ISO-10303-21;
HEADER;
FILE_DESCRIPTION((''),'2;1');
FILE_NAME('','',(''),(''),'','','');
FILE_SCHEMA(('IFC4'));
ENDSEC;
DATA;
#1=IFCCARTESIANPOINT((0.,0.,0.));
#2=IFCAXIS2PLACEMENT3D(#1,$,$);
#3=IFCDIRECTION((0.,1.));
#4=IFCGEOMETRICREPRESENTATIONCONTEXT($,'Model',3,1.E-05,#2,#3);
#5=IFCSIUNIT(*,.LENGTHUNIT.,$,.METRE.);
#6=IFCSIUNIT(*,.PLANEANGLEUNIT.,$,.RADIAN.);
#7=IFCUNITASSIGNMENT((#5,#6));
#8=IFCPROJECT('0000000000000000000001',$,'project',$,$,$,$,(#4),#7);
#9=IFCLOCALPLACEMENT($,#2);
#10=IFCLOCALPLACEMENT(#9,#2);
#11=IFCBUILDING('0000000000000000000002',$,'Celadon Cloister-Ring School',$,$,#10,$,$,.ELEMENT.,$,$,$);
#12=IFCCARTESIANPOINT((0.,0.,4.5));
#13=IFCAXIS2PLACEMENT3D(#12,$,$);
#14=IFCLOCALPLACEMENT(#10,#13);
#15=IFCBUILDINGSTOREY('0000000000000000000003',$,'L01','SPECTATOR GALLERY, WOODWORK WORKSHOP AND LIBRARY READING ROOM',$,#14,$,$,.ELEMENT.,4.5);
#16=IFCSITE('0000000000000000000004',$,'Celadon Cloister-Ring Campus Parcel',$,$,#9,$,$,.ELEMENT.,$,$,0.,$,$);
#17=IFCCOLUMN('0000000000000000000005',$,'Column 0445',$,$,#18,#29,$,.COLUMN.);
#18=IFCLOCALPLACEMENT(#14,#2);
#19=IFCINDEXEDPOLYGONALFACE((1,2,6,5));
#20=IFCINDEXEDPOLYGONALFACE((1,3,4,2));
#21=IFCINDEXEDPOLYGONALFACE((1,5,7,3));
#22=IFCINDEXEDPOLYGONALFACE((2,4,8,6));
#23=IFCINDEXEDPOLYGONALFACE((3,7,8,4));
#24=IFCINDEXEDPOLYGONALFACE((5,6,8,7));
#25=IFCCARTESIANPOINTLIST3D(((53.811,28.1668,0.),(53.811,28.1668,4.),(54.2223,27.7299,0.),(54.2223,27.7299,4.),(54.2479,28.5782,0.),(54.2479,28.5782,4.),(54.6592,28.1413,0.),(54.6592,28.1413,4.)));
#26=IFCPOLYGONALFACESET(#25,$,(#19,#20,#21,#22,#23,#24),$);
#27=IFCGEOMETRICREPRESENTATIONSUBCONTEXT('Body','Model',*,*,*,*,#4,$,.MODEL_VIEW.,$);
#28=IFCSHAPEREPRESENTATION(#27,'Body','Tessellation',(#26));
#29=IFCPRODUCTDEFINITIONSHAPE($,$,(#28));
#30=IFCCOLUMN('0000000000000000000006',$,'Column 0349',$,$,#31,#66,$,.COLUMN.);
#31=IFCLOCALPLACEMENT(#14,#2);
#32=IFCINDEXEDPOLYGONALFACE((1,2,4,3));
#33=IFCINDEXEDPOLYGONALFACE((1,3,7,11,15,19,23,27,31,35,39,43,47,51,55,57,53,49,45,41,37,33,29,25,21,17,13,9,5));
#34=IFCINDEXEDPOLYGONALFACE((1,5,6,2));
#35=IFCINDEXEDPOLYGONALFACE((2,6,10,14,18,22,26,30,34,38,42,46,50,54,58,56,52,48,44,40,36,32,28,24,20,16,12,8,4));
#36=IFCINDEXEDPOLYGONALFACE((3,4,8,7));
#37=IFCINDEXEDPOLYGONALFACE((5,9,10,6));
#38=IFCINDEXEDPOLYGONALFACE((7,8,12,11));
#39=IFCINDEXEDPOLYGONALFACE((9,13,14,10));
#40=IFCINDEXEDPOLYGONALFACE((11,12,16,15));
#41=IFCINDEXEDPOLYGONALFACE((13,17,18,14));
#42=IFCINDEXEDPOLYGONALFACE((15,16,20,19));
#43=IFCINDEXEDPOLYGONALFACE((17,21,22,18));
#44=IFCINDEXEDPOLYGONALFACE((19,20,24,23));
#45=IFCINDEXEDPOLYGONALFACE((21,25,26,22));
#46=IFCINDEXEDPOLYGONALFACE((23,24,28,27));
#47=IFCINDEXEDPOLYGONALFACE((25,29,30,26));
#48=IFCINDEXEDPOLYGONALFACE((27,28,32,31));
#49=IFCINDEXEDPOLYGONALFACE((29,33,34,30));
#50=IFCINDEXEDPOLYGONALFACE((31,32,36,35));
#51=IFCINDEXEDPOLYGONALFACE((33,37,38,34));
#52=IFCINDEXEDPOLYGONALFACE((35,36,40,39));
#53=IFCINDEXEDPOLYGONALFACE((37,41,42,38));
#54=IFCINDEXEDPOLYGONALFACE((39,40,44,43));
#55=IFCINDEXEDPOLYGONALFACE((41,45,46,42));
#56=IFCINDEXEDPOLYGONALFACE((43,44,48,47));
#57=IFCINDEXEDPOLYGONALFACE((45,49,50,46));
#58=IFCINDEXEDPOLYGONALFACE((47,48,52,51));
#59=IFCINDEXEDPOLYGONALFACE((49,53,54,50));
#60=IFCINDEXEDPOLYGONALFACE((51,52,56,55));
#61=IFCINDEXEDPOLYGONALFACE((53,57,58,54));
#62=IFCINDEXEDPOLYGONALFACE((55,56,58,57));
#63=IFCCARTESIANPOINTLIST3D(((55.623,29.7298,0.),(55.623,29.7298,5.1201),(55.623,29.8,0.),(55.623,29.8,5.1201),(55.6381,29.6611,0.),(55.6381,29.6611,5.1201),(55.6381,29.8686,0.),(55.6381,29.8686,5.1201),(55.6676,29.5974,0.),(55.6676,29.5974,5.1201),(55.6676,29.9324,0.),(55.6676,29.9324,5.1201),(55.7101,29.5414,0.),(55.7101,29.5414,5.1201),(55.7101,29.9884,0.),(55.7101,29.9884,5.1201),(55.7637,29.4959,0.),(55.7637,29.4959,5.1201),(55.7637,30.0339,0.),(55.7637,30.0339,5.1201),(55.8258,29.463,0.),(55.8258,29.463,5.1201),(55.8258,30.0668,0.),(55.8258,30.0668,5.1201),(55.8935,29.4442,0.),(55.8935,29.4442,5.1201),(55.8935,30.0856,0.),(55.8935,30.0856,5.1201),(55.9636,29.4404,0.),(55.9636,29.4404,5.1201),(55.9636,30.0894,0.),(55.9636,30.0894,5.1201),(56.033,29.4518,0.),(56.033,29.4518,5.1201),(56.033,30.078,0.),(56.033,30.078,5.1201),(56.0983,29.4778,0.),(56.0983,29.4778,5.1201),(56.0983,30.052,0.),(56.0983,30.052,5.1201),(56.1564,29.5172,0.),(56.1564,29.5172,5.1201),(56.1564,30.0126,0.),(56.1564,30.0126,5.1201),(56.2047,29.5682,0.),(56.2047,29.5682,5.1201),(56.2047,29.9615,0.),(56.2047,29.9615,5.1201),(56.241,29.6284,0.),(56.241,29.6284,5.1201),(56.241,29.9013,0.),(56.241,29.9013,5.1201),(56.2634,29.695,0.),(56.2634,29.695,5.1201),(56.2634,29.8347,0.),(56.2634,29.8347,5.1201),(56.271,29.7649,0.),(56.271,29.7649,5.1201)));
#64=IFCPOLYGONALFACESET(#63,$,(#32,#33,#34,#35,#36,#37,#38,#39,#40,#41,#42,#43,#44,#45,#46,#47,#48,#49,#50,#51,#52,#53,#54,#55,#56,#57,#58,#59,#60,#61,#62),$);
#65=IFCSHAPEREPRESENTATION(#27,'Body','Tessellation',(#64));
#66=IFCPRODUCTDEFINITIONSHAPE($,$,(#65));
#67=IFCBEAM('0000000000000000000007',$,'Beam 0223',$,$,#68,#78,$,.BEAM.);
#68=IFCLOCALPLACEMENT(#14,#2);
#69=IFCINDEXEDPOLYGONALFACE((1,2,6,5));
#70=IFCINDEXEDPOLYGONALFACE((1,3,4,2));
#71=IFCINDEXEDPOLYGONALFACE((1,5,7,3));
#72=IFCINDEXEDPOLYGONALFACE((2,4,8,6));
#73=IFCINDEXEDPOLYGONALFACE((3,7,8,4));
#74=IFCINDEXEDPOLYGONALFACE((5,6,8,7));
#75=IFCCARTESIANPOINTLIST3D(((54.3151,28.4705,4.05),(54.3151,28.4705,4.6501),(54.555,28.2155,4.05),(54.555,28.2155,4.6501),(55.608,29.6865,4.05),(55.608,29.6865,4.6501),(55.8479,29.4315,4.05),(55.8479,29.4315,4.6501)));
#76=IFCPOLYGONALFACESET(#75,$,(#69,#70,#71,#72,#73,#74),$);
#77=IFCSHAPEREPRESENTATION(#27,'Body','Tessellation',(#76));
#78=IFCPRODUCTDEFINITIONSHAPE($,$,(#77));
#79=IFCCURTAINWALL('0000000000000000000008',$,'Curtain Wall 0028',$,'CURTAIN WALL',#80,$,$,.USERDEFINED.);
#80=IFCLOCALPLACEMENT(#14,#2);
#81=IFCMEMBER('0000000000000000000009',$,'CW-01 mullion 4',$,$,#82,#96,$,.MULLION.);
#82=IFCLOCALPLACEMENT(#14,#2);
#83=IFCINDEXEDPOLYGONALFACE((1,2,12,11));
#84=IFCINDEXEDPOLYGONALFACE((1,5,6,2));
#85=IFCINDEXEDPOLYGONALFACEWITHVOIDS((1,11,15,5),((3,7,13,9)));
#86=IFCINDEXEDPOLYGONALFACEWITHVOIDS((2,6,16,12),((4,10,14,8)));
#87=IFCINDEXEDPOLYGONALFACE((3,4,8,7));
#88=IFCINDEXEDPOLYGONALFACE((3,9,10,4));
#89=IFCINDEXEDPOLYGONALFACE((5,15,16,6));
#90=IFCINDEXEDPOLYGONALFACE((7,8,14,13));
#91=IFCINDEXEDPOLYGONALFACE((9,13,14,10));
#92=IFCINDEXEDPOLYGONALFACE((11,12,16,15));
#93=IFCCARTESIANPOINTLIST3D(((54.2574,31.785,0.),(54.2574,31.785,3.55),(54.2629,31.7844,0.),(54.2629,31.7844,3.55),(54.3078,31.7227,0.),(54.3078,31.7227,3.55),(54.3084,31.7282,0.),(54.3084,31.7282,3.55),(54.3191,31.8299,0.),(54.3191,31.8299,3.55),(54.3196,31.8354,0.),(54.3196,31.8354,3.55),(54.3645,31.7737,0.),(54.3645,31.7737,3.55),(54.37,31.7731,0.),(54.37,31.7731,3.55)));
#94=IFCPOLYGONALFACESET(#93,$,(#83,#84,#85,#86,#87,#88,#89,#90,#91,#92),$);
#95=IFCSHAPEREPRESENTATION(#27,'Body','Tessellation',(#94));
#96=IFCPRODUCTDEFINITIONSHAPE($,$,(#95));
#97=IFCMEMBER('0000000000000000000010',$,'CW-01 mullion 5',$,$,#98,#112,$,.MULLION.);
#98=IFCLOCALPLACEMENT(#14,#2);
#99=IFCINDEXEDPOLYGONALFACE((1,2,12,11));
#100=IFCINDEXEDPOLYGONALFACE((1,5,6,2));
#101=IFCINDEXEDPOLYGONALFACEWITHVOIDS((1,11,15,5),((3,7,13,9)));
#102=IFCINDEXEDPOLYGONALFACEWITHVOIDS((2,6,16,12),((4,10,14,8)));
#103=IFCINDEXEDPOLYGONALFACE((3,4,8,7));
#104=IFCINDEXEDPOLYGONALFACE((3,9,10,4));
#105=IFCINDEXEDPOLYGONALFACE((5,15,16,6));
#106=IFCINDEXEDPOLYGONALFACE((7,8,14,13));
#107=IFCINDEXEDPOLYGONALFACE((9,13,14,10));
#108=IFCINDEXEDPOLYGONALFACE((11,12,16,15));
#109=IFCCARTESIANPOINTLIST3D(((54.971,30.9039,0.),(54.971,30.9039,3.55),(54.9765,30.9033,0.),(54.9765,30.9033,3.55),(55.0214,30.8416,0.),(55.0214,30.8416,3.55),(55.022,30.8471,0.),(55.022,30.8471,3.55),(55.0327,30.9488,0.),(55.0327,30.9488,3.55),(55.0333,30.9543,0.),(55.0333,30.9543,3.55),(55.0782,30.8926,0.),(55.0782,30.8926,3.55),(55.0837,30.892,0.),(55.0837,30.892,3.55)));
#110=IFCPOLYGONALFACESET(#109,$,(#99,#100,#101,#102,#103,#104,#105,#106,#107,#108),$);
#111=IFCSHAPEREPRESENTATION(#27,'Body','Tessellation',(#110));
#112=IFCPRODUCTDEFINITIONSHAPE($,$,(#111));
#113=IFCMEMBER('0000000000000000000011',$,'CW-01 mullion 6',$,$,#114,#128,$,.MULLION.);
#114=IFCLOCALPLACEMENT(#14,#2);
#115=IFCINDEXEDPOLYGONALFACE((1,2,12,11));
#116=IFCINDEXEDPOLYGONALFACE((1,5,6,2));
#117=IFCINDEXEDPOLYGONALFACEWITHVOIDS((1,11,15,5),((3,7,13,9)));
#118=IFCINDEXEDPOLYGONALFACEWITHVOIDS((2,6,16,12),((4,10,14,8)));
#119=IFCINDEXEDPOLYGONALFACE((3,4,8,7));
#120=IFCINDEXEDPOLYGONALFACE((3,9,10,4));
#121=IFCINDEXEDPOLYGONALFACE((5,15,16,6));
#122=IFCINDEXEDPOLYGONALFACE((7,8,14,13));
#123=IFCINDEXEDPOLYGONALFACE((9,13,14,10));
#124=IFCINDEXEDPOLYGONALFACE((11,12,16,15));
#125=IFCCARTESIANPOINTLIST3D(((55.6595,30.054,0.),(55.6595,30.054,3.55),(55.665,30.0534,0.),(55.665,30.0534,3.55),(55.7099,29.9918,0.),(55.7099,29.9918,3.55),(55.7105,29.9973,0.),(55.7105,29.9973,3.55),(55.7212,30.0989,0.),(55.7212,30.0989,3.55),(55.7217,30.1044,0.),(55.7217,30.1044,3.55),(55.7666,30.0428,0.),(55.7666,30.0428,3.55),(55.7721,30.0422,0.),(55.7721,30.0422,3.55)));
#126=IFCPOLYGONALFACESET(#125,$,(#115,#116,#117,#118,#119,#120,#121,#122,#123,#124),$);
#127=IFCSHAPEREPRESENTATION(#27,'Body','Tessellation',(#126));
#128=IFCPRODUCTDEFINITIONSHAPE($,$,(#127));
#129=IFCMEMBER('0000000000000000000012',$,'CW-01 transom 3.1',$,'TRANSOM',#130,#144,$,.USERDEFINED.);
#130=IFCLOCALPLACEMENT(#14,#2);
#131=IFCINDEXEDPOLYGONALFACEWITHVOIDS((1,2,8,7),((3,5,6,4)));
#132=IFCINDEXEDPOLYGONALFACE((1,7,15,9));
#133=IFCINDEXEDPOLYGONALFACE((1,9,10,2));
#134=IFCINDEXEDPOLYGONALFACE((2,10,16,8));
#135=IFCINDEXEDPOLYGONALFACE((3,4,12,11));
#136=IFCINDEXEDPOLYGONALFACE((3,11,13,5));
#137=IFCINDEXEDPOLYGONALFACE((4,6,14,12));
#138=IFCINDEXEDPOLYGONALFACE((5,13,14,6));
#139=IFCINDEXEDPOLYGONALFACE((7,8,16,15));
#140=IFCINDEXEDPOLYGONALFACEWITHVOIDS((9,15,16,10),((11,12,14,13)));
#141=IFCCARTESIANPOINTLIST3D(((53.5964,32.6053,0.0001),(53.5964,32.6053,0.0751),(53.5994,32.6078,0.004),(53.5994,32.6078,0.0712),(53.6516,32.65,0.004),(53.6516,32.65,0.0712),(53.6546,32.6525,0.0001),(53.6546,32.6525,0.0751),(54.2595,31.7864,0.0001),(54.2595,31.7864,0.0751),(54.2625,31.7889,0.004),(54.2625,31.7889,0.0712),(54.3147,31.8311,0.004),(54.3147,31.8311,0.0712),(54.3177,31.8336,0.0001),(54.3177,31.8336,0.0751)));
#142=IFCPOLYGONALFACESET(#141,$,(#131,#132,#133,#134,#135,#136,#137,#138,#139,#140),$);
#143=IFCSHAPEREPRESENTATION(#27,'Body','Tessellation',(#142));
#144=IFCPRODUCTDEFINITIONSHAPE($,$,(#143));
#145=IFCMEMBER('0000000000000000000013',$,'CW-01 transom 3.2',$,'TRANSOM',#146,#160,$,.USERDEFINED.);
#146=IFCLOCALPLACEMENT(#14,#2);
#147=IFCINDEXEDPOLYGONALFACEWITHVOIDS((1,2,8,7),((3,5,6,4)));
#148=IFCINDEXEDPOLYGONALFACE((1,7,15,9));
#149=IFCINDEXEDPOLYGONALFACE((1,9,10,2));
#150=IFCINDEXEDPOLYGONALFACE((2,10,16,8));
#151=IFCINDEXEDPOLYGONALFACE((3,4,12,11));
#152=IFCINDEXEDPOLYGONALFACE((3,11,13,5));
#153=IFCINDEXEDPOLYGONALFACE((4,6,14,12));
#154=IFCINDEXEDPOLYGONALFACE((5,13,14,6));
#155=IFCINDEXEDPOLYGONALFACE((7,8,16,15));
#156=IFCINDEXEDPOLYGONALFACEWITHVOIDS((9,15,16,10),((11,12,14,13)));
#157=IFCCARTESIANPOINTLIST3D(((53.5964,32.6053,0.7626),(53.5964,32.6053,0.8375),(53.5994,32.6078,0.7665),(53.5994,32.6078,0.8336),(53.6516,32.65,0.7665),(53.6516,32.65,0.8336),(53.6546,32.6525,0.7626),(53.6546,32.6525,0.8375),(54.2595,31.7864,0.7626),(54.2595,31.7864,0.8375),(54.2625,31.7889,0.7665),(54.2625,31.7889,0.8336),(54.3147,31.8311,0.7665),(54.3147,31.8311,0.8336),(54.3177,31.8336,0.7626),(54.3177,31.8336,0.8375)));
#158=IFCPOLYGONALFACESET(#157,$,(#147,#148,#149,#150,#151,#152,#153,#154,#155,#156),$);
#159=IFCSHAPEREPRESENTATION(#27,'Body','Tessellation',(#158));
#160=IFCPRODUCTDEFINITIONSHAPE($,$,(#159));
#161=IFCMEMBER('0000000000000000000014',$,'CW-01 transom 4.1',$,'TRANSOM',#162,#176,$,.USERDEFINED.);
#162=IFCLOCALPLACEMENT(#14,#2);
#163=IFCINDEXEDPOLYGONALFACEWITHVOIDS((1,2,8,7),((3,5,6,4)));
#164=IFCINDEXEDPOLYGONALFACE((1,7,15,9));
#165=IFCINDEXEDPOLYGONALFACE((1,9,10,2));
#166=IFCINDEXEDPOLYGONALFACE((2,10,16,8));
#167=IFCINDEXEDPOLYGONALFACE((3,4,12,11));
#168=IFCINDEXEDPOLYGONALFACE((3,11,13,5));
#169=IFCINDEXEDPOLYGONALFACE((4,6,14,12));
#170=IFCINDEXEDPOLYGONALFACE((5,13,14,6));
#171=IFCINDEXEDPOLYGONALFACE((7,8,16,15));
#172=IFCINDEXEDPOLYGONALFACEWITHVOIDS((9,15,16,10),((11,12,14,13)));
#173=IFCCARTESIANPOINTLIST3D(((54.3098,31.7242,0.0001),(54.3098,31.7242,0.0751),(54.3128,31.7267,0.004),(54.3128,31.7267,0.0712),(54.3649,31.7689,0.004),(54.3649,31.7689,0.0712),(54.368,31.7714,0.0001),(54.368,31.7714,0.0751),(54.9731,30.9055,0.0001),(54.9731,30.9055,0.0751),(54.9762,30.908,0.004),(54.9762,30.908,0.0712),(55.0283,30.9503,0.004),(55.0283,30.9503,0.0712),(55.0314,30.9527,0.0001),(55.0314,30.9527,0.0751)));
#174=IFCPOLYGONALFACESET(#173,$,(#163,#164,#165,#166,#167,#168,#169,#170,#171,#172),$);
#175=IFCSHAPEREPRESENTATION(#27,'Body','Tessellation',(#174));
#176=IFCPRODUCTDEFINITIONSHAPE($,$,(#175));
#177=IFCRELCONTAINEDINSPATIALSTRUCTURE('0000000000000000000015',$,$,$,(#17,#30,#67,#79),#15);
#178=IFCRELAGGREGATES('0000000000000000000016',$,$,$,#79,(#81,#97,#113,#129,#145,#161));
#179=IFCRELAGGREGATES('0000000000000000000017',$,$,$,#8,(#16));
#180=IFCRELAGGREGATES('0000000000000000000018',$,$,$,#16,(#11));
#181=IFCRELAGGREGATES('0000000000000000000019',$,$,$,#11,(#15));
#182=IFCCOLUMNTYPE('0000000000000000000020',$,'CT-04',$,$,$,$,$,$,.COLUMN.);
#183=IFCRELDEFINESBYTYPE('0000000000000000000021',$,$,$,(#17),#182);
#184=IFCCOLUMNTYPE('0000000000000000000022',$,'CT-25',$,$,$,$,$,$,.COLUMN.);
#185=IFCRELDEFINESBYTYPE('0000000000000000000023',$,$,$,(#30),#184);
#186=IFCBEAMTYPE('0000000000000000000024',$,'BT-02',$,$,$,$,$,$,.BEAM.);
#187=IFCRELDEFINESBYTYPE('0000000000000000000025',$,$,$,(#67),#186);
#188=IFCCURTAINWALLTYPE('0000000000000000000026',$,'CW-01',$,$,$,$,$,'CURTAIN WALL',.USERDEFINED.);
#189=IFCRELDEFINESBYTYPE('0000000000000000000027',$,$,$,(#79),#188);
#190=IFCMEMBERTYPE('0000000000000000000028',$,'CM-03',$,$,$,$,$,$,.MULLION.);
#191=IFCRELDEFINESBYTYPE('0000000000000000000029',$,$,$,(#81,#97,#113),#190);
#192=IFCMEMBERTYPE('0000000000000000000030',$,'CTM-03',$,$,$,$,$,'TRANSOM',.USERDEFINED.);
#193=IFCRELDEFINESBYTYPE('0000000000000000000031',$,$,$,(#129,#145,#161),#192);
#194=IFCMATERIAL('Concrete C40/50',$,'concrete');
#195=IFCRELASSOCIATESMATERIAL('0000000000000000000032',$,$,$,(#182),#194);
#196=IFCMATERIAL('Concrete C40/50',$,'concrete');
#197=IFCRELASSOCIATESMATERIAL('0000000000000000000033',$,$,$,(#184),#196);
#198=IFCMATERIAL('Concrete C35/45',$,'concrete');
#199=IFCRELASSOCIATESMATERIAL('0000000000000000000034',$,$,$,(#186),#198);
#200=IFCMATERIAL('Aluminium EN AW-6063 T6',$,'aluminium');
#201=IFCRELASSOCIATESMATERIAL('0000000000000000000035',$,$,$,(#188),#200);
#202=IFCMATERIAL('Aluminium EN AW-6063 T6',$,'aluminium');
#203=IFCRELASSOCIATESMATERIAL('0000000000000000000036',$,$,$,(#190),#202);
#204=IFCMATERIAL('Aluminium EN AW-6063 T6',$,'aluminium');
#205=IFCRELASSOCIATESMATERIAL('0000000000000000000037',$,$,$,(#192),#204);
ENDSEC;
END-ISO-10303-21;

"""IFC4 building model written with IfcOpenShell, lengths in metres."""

from ifc_helpers import new_model, si_unit, direction, frame, origin, origin_2d, place, context, subcontext, project, spatial, rectangle, hollow_rectangle, circle, extrude, material, material_profile, profile_set, type_object, element, aggregate, save


model = new_model("IFC4")

# Units and contexts
model_context = context("Model", 3, precision=1e-05, world=origin(), true_north=direction((0.0, 1.0)))
body_context = subcontext(model_context, "Body", "Model", "MODEL_VIEW")
ifc_project = project(units=[si_unit("LENGTHUNIT", "METRE"), si_unit("PLANEANGLEUNIT", "RADIAN")], contexts=[model_context])

# Site, building, storey
site_placement = place(None, origin())
site = spatial("IfcSite", under=ifc_project, at=site_placement, Name="Celadon Cloister-Ring Campus Parcel", CompositionType="ELEMENT", RefElevation=0.0)
building_placement = place(site_placement, origin())
building = spatial("IfcBuilding", under=site, at=building_placement, Name="Celadon Cloister-Ring School", CompositionType="ELEMENT")
storey_placement = place(building_placement, frame((0.0, 0.0, 4.5)))
storey = spatial("IfcBuildingStorey", under=building, at=storey_placement, Name="L01", Description="SPECTATOR GALLERY, WOODWORK WORKSHOP AND LIBRARY READING ROOM", CompositionType="ELEMENT", Elevation=4.5)

# Columns
ifc_material_1 = material(Name="Concrete C40/50", Category="concrete")
ifc_material_profile_1 = material_profile(ifc_material_1, rectangle(XDim=0.6001, YDim=0.6001, at=origin_2d()), Name="RC600X600")
ifc_profile_set_1 = profile_set([ifc_material_profile_1], Name="Concrete C40/50")
column_type_1 = type_object("IfcColumnType", Name="CT-04", PredefinedType="COLUMN", material=ifc_profile_set_1)
column_1_placement = place(storey_placement, frame((54.2351, 28.1541, 0.0), z_axis=(0.0, 0.0, 1.0), x_axis=(-0.728108, -0.685463, 0.0)))
element("IfcColumn", 1, at=column_1_placement, inside=storey, type_object=column_type_1, Name="Column 0445", PredefinedType="COLUMN", context=body_context, shape_type="SweptSolid", body=[
    extrude(rectangle(XDim=0.6001, YDim=0.6001, at=origin_2d()), origin(), (0.0, 0.0, 1.0), 4.0),
])
ifc_material_2 = material(Name="Concrete C40/50", Category="concrete")
ifc_material_profile_2 = material_profile(ifc_material_2, circle(Radius=0.325, at=origin_2d()), Name="CIRC650")
ifc_profile_set_2 = profile_set([ifc_material_profile_2], Name="Concrete C40/50")
column_type_2 = type_object("IfcColumnType", Name="CT-25", PredefinedType="COLUMN", material=ifc_profile_set_2)
column_2_placement = place(storey_placement, frame((55.946, 29.7649, 0.0), z_axis=(0.0, 0.0, 1.0), x_axis=(1.0, 0.0, 0.0)))
element("IfcColumn", 2, at=column_2_placement, inside=storey, type_object=column_type_2, Name="Column 0349", PredefinedType="COLUMN", context=body_context, shape_type="SweptSolid", body=[
    extrude(circle(Radius=0.325, at=origin_2d()), origin(), (0.0, 0.0, 1.0), 5.1201),
])

# Beam
ifc_material_3 = material(Name="Concrete C35/45", Category="concrete")
ifc_material_profile_3 = material_profile(ifc_material_3, rectangle(XDim=0.3501, YDim=0.6001, at=origin_2d()), Name="RC350X600")
ifc_profile_set_3 = profile_set([ifc_material_profile_3], Name="Concrete C35/45")
beam_type_1 = type_object("IfcBeamType", Name="BT-02", PredefinedType="BEAM", material=ifc_profile_set_3)
beam_1_placement = place(storey_placement, frame((54.4351, 28.343, 4.3501), z_axis=(0.728438, 0.685112, 0.0), x_axis=(-0.685112, 0.728438, 0.0)))
element("IfcBeam", 3, at=beam_1_placement, inside=storey, type_object=beam_type_1, Name="Beam 0223", PredefinedType="BEAM", context=body_context, shape_type="SweptSolid", body=[
    extrude(rectangle(XDim=0.3501, YDim=0.6001, at=origin_2d()), origin(), (0.0, 0.0, 1.0), 1.7749),
])

# Curtain wall, members
ifc_material_4 = material(Name="Aluminium EN AW-6063 T6", Category="aluminium")
curtain_wall_type = type_object("IfcCurtainWallType", Name="CW-01", ElementType="CURTAIN WALL", PredefinedType="USERDEFINED", material=ifc_material_4)
curtain_wall_placement = place(storey_placement, origin())
curtain_wall = element("IfcCurtainWall", 4, at=curtain_wall_placement, inside=storey, type_object=curtain_wall_type, Name="Curtain Wall 0028", ObjectType="CURTAIN WALL", PredefinedType="USERDEFINED")
ifc_material_5 = material(Name="Aluminium EN AW-6063 T6", Category="aluminium")
ifc_material_profile_4 = material_profile(ifc_material_5, hollow_rectangle(XDim=0.0801, YDim=0.0801, WallThickness=0.0039, at=origin_2d()), Name="RHS80X80X4")
ifc_profile_set_4 = profile_set([ifc_material_profile_4], Name="Aluminium EN AW-6063 T6")
member_type_1 = type_object("IfcMemberType", Name="CM-03", PredefinedType="MULLION", material=ifc_profile_set_4)
member_1_placement = place(storey_placement, frame((54.3137, 31.7791, 0.0), z_axis=(0.0, 0.0, 1.0), x_axis=(0.777068, 0.629416, 0.0)))
member_1 = element("IfcMember", 5, at=member_1_placement, type_object=member_type_1, Name="CW-01 mullion 4", PredefinedType="MULLION", context=body_context, shape_type="SweptSolid", body=[
    extrude(hollow_rectangle(XDim=0.0801, YDim=0.0801, WallThickness=0.0039, at=origin_2d()), origin(), (0.0, 0.0, 1.0), 3.55),
])
member_2_placement = place(storey_placement, frame((55.0273, 30.8979, 0.0), z_axis=(0.0, 0.0, 1.0), x_axis=(0.777068, 0.629416, 0.0)))
member_2 = element("IfcMember", 6, at=member_2_placement, type_object=member_type_1, Name="CW-01 mullion 5", PredefinedType="MULLION", context=body_context, shape_type="SweptSolid", body=[
    extrude(hollow_rectangle(XDim=0.0801, YDim=0.0801, WallThickness=0.0039, at=origin_2d()), origin(), (0.0, 0.0, 1.0), 3.55),
])
member_3_placement = place(storey_placement, frame((55.7158, 30.0481, 0.0), z_axis=(0.0, 0.0, 1.0), x_axis=(0.777068, 0.629416, 0.0)))
member_3 = element("IfcMember", 7, at=member_3_placement, type_object=member_type_1, Name="CW-01 mullion 6", PredefinedType="MULLION", context=body_context, shape_type="SweptSolid", body=[
    extrude(hollow_rectangle(XDim=0.0801, YDim=0.0801, WallThickness=0.0039, at=origin_2d()), origin(), (0.0, 0.0, 1.0), 3.55),
])
ifc_material_6 = material(Name="Aluminium EN AW-6063 T6", Category="aluminium")
ifc_material_profile_5 = material_profile(ifc_material_6, hollow_rectangle(XDim=0.075, YDim=0.075, WallThickness=0.0039, at=origin_2d()), Name="RHS75X75X4")
ifc_profile_set_5 = profile_set([ifc_material_profile_5], Name="Aluminium EN AW-6063 T6")
member_type_2 = type_object("IfcMemberType", Name="CTM-03", ElementType="TRANSOM", PredefinedType="USERDEFINED", material=ifc_profile_set_5)
member_4_placement = place(storey_placement, frame((53.6255, 32.6289, 0.0376), z_axis=(0.629318, -0.777148, 0.0), x_axis=(0.777148, 0.629318, 0.0)))
member_4 = element("IfcMember", 8, at=member_4_placement, type_object=member_type_2, Name="CW-01 transom 3.1", ObjectType="TRANSOM", PredefinedType="USERDEFINED", context=body_context, shape_type="SweptSolid", body=[
    extrude(hollow_rectangle(XDim=0.075, YDim=0.075, WallThickness=0.0039, at=origin_2d()), origin(), (0.0, 0.0, 1.0), 1.0537),
])
member_5_placement = place(storey_placement, frame((53.6255, 32.6289, 0.8), z_axis=(0.629318, -0.777148, 0.0), x_axis=(0.777148, 0.629318, 0.0)))
member_5 = element("IfcMember", 9, at=member_5_placement, type_object=member_type_2, Name="CW-01 transom 3.2", ObjectType="TRANSOM", PredefinedType="USERDEFINED", context=body_context, shape_type="SweptSolid", body=[
    extrude(hollow_rectangle(XDim=0.075, YDim=0.075, WallThickness=0.0039, at=origin_2d()), origin(), (0.0, 0.0, 1.0), 1.0537),
])
member_6_placement = place(storey_placement, frame((54.3389, 31.7478, 0.0376), z_axis=(0.629571, -0.776943, 0.0), x_axis=(0.776943, 0.629571, 0.0)))
member_6 = element("IfcMember", 10, at=member_6_placement, type_object=member_type_2, Name="CW-01 transom 4.1", ObjectType="TRANSOM", PredefinedType="USERDEFINED", context=body_context, shape_type="SweptSolid", body=[
    extrude(hollow_rectangle(XDim=0.075, YDim=0.075, WallThickness=0.0039, at=origin_2d()), origin(), (0.0, 0.0, 1.0), 1.0537),
])

aggregate(curtain_wall, [member_1, member_2, member_3, member_4, member_5, member_6])

save(model, "model.ifc")
